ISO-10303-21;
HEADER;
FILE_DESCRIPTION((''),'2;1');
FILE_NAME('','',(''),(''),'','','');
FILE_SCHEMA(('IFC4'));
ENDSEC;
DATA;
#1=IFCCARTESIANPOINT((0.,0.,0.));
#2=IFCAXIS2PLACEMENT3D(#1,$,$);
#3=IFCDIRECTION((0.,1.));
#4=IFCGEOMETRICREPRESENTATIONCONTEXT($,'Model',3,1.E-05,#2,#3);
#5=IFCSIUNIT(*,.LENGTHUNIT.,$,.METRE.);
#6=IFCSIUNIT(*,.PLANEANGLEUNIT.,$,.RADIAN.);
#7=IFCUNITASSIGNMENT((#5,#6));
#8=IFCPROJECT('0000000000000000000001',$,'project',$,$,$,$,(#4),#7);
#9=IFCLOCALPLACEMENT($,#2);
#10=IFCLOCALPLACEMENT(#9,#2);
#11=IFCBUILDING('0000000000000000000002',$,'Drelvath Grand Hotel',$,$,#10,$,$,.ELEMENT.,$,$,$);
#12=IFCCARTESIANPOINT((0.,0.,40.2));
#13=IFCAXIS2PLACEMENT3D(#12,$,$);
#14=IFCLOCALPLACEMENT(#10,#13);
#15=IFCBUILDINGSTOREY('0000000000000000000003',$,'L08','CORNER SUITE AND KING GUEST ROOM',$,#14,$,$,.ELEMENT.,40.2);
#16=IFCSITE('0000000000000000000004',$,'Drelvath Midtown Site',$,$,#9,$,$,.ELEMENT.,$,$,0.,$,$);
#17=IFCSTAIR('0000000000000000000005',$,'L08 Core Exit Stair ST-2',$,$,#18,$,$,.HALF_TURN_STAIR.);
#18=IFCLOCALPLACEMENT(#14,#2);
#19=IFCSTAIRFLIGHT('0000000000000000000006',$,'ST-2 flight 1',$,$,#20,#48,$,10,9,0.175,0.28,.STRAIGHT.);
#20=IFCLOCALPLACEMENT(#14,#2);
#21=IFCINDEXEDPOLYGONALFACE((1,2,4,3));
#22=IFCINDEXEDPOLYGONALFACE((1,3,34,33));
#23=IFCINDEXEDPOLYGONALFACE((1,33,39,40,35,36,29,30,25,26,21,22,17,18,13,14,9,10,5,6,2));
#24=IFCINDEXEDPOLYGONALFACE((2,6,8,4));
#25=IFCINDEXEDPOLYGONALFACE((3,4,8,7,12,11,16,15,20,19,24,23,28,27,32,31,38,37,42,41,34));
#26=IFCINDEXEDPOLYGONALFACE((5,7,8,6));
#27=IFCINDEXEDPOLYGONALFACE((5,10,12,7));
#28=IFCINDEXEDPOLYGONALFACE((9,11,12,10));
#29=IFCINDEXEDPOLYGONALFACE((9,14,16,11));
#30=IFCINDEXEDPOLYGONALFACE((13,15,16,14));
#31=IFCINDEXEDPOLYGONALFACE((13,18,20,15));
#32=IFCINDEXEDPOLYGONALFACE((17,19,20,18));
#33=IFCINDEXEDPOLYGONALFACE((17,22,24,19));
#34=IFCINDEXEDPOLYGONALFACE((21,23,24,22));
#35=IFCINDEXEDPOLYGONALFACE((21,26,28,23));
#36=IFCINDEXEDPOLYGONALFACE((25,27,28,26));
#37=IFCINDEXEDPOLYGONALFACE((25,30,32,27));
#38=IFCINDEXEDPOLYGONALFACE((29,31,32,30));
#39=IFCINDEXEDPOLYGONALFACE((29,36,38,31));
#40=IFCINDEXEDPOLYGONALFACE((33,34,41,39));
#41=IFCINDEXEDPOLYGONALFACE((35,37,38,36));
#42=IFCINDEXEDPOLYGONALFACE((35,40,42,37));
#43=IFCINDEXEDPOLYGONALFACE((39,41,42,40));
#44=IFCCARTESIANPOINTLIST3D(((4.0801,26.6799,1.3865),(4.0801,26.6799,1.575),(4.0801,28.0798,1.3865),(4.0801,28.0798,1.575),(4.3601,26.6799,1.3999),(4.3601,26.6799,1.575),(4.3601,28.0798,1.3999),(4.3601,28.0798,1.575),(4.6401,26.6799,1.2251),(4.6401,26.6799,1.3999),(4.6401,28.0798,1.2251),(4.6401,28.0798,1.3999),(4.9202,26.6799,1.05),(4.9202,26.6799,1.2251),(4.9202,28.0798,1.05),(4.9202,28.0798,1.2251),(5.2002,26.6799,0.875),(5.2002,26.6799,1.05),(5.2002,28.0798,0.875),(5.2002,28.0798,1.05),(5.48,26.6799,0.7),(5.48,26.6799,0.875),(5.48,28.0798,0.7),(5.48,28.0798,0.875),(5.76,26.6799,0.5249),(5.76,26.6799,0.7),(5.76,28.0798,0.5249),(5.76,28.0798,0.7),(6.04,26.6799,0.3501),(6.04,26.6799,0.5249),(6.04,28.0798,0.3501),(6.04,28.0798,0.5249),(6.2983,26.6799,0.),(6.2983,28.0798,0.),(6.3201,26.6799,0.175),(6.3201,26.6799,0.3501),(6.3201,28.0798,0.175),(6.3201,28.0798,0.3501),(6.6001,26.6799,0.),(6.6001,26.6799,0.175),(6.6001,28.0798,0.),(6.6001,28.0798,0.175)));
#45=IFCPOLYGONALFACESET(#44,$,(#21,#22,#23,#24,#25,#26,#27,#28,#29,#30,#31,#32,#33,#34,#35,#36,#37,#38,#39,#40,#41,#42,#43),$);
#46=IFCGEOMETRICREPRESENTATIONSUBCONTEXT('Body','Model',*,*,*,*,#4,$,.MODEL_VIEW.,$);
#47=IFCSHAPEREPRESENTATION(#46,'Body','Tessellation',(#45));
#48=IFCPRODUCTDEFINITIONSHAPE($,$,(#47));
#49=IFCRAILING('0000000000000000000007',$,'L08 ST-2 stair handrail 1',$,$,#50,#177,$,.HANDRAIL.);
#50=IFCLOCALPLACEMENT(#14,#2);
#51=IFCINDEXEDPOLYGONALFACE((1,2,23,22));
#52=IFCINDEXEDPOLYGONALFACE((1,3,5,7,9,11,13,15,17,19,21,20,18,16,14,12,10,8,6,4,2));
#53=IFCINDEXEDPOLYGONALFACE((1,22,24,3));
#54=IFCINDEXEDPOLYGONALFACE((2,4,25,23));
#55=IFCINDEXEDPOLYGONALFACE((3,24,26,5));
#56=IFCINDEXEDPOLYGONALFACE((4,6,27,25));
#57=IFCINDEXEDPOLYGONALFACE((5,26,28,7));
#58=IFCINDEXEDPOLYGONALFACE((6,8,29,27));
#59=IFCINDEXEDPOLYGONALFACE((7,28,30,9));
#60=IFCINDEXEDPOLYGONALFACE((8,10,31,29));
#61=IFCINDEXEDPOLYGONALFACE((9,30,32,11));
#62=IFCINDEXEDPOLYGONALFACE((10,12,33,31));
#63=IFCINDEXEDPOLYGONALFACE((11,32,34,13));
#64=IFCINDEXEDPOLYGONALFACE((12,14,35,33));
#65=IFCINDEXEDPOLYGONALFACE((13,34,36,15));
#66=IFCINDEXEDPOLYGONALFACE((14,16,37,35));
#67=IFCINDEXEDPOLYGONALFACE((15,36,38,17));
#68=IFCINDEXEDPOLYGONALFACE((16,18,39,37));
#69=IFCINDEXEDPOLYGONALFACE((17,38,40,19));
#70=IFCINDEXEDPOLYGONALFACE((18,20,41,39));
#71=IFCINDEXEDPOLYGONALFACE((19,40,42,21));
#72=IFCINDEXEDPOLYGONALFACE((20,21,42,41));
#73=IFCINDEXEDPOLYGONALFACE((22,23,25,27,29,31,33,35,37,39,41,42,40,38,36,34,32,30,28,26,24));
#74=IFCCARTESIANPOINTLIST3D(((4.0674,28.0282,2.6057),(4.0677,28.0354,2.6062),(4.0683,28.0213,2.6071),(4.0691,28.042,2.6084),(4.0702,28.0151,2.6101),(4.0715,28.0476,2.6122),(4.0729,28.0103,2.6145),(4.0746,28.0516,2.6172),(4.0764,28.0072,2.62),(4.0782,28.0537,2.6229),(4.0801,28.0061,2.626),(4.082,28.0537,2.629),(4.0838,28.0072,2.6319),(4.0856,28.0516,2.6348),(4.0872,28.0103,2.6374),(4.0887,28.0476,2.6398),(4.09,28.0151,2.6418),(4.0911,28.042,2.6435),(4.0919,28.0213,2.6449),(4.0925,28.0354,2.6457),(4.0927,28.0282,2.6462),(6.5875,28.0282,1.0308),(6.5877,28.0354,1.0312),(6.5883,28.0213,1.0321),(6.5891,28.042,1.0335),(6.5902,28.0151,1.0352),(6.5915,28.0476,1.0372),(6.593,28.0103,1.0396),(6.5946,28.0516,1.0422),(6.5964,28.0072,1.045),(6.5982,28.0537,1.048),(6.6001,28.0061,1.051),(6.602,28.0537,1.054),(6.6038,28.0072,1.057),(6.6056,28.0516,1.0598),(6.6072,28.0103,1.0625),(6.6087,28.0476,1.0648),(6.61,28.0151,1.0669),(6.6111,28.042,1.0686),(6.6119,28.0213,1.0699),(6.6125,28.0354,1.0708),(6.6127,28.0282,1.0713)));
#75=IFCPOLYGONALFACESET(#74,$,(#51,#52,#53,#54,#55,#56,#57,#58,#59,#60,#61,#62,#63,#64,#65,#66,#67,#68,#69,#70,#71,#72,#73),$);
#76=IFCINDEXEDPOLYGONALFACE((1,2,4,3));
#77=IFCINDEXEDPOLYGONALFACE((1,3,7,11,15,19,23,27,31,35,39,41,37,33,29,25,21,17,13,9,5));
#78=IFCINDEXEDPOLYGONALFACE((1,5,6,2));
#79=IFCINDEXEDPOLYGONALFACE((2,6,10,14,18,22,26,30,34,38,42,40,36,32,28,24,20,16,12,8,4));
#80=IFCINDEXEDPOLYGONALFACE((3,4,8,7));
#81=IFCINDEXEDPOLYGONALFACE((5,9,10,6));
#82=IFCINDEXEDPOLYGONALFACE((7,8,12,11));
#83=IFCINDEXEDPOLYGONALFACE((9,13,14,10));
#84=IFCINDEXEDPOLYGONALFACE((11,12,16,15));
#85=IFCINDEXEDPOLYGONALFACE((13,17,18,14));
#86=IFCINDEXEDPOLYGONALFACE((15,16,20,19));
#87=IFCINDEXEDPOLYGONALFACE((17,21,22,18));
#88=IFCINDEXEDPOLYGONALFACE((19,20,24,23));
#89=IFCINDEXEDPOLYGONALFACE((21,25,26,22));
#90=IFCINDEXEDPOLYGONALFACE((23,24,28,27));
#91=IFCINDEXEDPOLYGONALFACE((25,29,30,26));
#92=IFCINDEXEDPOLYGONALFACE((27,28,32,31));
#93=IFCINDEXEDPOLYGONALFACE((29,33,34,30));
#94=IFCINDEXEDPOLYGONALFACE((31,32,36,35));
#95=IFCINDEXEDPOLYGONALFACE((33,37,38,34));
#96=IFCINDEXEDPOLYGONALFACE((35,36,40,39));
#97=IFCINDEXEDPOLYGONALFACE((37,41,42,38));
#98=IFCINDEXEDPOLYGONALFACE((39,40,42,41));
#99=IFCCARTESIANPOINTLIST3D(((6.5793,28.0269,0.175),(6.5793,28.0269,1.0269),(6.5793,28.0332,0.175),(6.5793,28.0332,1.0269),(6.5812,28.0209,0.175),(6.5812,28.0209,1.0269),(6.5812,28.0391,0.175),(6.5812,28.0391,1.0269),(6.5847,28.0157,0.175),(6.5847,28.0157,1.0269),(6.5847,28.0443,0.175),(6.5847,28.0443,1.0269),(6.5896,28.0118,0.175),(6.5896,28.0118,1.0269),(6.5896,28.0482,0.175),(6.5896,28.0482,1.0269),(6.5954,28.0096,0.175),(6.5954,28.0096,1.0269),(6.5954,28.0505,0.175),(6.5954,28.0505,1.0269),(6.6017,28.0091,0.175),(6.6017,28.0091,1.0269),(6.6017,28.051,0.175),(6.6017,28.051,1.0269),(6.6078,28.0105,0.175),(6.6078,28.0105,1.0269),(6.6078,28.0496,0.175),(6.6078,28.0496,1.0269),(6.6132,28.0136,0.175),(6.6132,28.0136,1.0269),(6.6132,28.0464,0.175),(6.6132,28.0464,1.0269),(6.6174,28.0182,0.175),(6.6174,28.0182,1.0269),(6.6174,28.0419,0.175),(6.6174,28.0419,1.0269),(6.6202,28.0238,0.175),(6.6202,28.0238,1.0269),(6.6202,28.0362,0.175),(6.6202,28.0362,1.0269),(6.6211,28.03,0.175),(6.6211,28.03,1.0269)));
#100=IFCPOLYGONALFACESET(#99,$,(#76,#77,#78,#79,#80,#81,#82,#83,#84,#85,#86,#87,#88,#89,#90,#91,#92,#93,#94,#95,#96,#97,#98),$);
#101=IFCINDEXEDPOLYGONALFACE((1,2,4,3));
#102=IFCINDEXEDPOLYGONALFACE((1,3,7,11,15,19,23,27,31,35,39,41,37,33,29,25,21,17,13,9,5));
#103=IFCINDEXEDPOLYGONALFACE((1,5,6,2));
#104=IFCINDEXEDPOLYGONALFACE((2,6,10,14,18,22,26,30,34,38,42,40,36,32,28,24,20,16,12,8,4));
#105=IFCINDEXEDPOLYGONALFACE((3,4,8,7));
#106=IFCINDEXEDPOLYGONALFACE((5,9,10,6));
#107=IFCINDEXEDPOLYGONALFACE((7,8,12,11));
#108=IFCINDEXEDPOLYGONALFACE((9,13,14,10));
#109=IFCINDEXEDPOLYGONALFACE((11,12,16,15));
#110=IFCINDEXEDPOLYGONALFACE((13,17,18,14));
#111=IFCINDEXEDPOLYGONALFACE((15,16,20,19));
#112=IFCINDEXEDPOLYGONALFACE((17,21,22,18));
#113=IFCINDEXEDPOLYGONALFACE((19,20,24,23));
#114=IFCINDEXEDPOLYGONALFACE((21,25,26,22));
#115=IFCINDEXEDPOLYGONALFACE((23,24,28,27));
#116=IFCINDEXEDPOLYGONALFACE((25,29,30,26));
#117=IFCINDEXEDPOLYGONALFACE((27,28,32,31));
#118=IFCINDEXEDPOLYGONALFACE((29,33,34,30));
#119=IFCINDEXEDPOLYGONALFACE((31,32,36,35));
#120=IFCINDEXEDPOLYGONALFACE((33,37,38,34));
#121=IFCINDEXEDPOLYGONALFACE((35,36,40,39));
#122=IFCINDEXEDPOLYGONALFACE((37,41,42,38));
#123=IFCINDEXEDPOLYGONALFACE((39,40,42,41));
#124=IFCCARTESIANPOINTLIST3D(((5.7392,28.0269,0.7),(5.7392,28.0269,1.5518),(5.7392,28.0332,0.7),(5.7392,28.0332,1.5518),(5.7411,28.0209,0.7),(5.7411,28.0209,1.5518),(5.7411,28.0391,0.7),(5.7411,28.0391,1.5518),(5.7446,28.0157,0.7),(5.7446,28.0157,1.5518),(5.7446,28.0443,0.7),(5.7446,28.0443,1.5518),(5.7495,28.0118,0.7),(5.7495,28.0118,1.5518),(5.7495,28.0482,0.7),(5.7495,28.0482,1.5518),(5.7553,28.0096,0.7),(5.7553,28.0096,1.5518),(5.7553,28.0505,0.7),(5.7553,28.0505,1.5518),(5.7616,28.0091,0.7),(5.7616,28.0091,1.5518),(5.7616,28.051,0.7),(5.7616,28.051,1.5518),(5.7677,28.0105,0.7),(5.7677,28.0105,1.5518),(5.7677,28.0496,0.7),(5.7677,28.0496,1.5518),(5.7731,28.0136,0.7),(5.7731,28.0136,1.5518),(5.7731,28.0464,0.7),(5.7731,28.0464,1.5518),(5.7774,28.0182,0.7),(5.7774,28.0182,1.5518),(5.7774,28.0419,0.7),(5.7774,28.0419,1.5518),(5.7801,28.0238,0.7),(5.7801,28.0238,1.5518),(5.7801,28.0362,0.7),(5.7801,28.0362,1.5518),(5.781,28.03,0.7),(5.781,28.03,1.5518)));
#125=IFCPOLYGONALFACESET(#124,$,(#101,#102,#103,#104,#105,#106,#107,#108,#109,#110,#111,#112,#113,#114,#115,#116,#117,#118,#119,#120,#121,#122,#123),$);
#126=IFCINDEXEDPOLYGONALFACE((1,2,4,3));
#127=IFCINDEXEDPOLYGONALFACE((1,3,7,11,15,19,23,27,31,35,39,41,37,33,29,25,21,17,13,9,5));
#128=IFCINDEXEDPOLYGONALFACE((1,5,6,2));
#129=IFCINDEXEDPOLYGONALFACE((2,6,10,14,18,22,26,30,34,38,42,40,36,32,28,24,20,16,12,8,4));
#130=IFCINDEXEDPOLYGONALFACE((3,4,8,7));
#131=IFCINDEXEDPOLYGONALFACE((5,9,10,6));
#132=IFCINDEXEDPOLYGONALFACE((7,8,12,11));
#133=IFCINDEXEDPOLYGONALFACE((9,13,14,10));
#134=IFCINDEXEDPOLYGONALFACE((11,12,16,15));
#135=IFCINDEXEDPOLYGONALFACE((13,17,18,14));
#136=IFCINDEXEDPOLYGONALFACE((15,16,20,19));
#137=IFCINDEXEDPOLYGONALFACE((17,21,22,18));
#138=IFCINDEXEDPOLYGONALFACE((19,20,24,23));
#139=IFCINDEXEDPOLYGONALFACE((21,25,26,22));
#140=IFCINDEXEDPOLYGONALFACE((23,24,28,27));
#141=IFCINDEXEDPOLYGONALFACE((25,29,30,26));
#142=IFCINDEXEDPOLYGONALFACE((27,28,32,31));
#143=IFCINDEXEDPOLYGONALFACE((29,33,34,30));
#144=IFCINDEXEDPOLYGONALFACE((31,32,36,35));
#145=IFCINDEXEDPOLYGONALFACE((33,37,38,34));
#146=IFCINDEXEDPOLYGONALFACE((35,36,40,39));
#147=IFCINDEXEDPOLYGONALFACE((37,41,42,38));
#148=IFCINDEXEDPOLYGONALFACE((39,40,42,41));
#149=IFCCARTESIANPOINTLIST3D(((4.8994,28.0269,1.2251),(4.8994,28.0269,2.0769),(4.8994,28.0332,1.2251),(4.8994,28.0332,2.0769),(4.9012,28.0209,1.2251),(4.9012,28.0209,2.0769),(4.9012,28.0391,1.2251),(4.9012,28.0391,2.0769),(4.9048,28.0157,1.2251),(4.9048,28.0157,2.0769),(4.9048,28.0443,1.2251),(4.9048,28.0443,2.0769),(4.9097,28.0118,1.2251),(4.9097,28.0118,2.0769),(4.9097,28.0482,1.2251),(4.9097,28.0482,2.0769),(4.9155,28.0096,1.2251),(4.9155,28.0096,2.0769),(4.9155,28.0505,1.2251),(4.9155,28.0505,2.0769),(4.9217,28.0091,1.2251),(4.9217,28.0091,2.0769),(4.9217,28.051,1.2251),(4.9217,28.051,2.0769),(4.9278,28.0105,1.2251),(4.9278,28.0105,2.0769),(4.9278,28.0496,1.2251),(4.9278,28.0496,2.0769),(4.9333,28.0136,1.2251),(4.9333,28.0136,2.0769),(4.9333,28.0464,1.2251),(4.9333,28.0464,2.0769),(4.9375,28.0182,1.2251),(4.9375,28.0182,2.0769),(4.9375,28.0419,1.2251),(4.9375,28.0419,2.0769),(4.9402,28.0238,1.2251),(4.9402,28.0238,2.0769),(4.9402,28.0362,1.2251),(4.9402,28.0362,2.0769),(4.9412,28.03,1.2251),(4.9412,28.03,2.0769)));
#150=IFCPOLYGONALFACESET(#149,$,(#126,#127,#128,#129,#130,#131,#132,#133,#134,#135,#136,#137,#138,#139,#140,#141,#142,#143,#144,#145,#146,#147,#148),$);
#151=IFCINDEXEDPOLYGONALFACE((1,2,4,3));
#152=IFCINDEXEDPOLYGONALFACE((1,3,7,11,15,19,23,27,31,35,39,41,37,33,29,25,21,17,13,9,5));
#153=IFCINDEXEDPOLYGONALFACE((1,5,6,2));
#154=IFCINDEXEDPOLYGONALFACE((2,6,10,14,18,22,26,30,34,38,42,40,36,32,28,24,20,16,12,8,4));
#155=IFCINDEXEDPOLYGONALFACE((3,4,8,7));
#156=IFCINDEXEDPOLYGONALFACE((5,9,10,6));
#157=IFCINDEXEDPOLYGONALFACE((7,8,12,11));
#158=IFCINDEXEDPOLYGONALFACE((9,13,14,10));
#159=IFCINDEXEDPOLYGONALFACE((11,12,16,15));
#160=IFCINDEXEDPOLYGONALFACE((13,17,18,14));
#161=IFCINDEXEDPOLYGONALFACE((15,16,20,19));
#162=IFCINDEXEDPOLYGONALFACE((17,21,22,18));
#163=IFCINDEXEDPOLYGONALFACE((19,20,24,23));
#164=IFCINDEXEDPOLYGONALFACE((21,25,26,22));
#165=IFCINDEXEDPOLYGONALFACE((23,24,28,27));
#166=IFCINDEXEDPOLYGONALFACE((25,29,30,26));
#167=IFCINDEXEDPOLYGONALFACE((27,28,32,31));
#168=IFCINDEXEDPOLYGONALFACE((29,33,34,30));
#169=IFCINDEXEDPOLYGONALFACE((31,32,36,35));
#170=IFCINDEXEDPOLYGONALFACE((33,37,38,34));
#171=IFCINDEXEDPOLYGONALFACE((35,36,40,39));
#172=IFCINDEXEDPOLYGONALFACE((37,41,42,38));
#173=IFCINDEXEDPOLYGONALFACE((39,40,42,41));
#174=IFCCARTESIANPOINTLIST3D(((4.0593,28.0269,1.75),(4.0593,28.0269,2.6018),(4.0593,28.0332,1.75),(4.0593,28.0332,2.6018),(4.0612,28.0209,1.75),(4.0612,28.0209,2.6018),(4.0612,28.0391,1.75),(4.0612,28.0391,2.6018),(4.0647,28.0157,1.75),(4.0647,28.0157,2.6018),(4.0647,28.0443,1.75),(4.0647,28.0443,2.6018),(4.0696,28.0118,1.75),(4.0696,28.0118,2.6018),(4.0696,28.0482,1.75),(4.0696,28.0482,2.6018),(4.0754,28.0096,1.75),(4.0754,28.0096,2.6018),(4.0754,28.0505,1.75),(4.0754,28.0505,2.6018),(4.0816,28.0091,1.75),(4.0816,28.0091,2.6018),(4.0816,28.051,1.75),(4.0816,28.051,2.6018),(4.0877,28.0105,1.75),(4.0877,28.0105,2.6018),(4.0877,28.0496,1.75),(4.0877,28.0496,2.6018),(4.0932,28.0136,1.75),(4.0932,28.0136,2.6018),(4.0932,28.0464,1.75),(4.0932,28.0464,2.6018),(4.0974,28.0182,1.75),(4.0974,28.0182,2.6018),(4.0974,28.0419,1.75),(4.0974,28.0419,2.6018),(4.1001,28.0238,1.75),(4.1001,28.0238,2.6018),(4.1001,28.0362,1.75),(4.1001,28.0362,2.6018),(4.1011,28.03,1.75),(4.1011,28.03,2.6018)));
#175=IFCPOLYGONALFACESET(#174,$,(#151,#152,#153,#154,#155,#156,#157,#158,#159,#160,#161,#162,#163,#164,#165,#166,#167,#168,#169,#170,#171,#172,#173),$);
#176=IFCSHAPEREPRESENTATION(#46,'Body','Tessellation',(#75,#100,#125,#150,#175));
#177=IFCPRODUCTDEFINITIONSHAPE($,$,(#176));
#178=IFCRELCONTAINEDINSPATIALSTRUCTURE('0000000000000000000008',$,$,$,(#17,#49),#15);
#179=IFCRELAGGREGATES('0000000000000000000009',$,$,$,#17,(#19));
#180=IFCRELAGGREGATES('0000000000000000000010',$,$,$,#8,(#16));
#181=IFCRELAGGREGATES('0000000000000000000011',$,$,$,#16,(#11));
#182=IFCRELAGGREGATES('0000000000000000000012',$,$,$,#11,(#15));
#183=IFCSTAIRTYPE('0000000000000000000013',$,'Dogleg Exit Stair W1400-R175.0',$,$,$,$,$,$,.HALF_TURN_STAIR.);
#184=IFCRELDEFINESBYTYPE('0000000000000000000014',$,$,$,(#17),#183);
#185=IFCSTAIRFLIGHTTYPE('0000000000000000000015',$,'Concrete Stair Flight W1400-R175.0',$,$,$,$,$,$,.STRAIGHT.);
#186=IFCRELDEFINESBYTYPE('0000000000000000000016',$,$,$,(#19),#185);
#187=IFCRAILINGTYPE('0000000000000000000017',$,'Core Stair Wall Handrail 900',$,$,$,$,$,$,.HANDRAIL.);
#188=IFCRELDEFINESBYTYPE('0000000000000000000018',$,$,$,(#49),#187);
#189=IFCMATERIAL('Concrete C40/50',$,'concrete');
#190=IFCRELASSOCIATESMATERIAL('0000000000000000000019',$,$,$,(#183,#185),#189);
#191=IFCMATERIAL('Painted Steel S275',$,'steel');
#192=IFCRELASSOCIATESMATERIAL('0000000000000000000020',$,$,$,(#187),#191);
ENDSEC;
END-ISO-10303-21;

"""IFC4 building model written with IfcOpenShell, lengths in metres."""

from ifc_helpers import new_model, si_unit, direction, frame, origin, origin_2d, place, context, subcontext, project, spatial, polyline, circle, outline, extrude, material, type_object, element, aggregate, save


model = new_model("IFC4")

# Units and contexts
model_context = context("Model", 3, precision=1e-05, world=origin(), true_north=direction((0.0, 1.0)))
body_context = subcontext(model_context, "Body", "Model", "MODEL_VIEW")
ifc_project = project(units=[si_unit("LENGTHUNIT", "METRE"), si_unit("PLANEANGLEUNIT", "RADIAN")], contexts=[model_context])

# Site, building, storey
site_placement = place(None, origin())
site = spatial("IfcSite", under=ifc_project, at=site_placement, Name="Drelvath Midtown Site", CompositionType="ELEMENT", RefElevation=0.0)
building_placement = place(site_placement, origin())
building = spatial("IfcBuilding", under=site, at=building_placement, Name="Drelvath Grand Hotel", CompositionType="ELEMENT")
storey_placement = place(building_placement, frame((0.0, 0.0, 40.2)))
storey = spatial("IfcBuildingStorey", under=building, at=storey_placement, Name="L08", Description="CORNER SUITE AND KING GUEST ROOM", CompositionType="ELEMENT", Elevation=40.2)

# Shared definitions
ifc_material_1 = material(Name="Concrete C40/50", Category="concrete")

# Shared definitions
ifc_material_2 = material(Name="Painted Steel S275", Category="steel")

# Stair, stair flight
stair_type = type_object("IfcStairType", Name="Dogleg Exit Stair W1400-R175.0", PredefinedType="HALF_TURN_STAIR", material=ifc_material_1)
stair_placement = place(storey_placement, origin())
stair = element("IfcStair", 1, at=stair_placement, inside=storey, type_object=stair_type, Name="L08 Core Exit Stair ST-2", PredefinedType="HALF_TURN_STAIR")
stair_flight_type = type_object("IfcStairFlightType", Name="Concrete Stair Flight W1400-R175.0", PredefinedType="STRAIGHT", material=ifc_material_1)
stair_flight_placement = place(storey_placement, frame((6.6001, 27.3799, 0.0), z_axis=(0.0, 0.0, 1.0), x_axis=(-1.0, 0.0, 0.0)))
stair_flight = element("IfcStairFlight", 2, at=stair_flight_placement, type_object=stair_flight_type, Name="ST-2 flight 1", NumberOfRisers=10, NumberOfTreads=9, PredefinedType="STRAIGHT", RiserHeight=0.175, TreadLength=0.28, context=body_context, shape_type="SweptSolid", body=[
    extrude(outline(polyline([(0.0, 0.0), (0.0, 0.175), (0.28, 0.175), (0.28, 0.3501), (0.5601, 0.3501), (0.5601, 0.5249), (0.8401, 0.5249), (0.8401, 0.7), (1.1201, 0.7), (1.1201, 0.875), (1.3999, 0.875), (1.3999, 1.05), (1.6799, 1.05), (1.6799, 1.2251), (1.96, 1.2251), (1.96, 1.3999), (2.24, 1.3999), (2.24, 1.575), (2.52, 1.575), (2.52, 1.75), (2.52, 1.3865), (0.3018, 0.0), (0.0, 0.0)])), frame((0.0, 0.7, 0.0), z_axis=(0.0, -1.0, 0.0), x_axis=(1.0, 0.0, 0.0)), (0.0, 0.0, 1.0), 1.3999),
])
aggregate(stair, [stair_flight])

# Railing
railing_type_1 = type_object("IfcRailingType", Name="Core Stair Wall Handrail 900", PredefinedType="HANDRAIL", material=ifc_material_2)
railing_1_placement = place(storey_placement, frame((6.6001, 28.03, 0.175)))
element("IfcRailing", 3, at=railing_1_placement, inside=storey, type_object=railing_type_1, Name="L08 ST-2 stair handrail 1", PredefinedType="HANDRAIL", context=body_context, shape_type="SweptSolid", body=[
    extrude(circle(Radius=0.0239, at=origin_2d()), frame((0.0, 0.0, 0.876), z_axis=(-0.848008, 0.0, 0.529984), x_axis=(0.0, -1.0, 0.0)), (0.0, 0.0, 1.0), 2.9717),
    extrude(circle(Radius=0.021, at=origin_2d()), origin(), (0.0, 0.0, 1.0), 0.8518),
    extrude(circle(Radius=0.021, at=origin_2d()), frame((-0.8401, 0.0, 0.5249)), (0.0, 0.0, 1.0), 0.8518),
    extrude(circle(Radius=0.021, at=origin_2d()), frame((-1.6799, 0.0, 1.05)), (0.0, 0.0, 1.0), 0.8518),
    extrude(circle(Radius=0.021, at=origin_2d()), frame((-2.52, 0.0, 1.575)), (0.0, 0.0, 1.0), 0.8518),
])

save(model, "model.ifc")
